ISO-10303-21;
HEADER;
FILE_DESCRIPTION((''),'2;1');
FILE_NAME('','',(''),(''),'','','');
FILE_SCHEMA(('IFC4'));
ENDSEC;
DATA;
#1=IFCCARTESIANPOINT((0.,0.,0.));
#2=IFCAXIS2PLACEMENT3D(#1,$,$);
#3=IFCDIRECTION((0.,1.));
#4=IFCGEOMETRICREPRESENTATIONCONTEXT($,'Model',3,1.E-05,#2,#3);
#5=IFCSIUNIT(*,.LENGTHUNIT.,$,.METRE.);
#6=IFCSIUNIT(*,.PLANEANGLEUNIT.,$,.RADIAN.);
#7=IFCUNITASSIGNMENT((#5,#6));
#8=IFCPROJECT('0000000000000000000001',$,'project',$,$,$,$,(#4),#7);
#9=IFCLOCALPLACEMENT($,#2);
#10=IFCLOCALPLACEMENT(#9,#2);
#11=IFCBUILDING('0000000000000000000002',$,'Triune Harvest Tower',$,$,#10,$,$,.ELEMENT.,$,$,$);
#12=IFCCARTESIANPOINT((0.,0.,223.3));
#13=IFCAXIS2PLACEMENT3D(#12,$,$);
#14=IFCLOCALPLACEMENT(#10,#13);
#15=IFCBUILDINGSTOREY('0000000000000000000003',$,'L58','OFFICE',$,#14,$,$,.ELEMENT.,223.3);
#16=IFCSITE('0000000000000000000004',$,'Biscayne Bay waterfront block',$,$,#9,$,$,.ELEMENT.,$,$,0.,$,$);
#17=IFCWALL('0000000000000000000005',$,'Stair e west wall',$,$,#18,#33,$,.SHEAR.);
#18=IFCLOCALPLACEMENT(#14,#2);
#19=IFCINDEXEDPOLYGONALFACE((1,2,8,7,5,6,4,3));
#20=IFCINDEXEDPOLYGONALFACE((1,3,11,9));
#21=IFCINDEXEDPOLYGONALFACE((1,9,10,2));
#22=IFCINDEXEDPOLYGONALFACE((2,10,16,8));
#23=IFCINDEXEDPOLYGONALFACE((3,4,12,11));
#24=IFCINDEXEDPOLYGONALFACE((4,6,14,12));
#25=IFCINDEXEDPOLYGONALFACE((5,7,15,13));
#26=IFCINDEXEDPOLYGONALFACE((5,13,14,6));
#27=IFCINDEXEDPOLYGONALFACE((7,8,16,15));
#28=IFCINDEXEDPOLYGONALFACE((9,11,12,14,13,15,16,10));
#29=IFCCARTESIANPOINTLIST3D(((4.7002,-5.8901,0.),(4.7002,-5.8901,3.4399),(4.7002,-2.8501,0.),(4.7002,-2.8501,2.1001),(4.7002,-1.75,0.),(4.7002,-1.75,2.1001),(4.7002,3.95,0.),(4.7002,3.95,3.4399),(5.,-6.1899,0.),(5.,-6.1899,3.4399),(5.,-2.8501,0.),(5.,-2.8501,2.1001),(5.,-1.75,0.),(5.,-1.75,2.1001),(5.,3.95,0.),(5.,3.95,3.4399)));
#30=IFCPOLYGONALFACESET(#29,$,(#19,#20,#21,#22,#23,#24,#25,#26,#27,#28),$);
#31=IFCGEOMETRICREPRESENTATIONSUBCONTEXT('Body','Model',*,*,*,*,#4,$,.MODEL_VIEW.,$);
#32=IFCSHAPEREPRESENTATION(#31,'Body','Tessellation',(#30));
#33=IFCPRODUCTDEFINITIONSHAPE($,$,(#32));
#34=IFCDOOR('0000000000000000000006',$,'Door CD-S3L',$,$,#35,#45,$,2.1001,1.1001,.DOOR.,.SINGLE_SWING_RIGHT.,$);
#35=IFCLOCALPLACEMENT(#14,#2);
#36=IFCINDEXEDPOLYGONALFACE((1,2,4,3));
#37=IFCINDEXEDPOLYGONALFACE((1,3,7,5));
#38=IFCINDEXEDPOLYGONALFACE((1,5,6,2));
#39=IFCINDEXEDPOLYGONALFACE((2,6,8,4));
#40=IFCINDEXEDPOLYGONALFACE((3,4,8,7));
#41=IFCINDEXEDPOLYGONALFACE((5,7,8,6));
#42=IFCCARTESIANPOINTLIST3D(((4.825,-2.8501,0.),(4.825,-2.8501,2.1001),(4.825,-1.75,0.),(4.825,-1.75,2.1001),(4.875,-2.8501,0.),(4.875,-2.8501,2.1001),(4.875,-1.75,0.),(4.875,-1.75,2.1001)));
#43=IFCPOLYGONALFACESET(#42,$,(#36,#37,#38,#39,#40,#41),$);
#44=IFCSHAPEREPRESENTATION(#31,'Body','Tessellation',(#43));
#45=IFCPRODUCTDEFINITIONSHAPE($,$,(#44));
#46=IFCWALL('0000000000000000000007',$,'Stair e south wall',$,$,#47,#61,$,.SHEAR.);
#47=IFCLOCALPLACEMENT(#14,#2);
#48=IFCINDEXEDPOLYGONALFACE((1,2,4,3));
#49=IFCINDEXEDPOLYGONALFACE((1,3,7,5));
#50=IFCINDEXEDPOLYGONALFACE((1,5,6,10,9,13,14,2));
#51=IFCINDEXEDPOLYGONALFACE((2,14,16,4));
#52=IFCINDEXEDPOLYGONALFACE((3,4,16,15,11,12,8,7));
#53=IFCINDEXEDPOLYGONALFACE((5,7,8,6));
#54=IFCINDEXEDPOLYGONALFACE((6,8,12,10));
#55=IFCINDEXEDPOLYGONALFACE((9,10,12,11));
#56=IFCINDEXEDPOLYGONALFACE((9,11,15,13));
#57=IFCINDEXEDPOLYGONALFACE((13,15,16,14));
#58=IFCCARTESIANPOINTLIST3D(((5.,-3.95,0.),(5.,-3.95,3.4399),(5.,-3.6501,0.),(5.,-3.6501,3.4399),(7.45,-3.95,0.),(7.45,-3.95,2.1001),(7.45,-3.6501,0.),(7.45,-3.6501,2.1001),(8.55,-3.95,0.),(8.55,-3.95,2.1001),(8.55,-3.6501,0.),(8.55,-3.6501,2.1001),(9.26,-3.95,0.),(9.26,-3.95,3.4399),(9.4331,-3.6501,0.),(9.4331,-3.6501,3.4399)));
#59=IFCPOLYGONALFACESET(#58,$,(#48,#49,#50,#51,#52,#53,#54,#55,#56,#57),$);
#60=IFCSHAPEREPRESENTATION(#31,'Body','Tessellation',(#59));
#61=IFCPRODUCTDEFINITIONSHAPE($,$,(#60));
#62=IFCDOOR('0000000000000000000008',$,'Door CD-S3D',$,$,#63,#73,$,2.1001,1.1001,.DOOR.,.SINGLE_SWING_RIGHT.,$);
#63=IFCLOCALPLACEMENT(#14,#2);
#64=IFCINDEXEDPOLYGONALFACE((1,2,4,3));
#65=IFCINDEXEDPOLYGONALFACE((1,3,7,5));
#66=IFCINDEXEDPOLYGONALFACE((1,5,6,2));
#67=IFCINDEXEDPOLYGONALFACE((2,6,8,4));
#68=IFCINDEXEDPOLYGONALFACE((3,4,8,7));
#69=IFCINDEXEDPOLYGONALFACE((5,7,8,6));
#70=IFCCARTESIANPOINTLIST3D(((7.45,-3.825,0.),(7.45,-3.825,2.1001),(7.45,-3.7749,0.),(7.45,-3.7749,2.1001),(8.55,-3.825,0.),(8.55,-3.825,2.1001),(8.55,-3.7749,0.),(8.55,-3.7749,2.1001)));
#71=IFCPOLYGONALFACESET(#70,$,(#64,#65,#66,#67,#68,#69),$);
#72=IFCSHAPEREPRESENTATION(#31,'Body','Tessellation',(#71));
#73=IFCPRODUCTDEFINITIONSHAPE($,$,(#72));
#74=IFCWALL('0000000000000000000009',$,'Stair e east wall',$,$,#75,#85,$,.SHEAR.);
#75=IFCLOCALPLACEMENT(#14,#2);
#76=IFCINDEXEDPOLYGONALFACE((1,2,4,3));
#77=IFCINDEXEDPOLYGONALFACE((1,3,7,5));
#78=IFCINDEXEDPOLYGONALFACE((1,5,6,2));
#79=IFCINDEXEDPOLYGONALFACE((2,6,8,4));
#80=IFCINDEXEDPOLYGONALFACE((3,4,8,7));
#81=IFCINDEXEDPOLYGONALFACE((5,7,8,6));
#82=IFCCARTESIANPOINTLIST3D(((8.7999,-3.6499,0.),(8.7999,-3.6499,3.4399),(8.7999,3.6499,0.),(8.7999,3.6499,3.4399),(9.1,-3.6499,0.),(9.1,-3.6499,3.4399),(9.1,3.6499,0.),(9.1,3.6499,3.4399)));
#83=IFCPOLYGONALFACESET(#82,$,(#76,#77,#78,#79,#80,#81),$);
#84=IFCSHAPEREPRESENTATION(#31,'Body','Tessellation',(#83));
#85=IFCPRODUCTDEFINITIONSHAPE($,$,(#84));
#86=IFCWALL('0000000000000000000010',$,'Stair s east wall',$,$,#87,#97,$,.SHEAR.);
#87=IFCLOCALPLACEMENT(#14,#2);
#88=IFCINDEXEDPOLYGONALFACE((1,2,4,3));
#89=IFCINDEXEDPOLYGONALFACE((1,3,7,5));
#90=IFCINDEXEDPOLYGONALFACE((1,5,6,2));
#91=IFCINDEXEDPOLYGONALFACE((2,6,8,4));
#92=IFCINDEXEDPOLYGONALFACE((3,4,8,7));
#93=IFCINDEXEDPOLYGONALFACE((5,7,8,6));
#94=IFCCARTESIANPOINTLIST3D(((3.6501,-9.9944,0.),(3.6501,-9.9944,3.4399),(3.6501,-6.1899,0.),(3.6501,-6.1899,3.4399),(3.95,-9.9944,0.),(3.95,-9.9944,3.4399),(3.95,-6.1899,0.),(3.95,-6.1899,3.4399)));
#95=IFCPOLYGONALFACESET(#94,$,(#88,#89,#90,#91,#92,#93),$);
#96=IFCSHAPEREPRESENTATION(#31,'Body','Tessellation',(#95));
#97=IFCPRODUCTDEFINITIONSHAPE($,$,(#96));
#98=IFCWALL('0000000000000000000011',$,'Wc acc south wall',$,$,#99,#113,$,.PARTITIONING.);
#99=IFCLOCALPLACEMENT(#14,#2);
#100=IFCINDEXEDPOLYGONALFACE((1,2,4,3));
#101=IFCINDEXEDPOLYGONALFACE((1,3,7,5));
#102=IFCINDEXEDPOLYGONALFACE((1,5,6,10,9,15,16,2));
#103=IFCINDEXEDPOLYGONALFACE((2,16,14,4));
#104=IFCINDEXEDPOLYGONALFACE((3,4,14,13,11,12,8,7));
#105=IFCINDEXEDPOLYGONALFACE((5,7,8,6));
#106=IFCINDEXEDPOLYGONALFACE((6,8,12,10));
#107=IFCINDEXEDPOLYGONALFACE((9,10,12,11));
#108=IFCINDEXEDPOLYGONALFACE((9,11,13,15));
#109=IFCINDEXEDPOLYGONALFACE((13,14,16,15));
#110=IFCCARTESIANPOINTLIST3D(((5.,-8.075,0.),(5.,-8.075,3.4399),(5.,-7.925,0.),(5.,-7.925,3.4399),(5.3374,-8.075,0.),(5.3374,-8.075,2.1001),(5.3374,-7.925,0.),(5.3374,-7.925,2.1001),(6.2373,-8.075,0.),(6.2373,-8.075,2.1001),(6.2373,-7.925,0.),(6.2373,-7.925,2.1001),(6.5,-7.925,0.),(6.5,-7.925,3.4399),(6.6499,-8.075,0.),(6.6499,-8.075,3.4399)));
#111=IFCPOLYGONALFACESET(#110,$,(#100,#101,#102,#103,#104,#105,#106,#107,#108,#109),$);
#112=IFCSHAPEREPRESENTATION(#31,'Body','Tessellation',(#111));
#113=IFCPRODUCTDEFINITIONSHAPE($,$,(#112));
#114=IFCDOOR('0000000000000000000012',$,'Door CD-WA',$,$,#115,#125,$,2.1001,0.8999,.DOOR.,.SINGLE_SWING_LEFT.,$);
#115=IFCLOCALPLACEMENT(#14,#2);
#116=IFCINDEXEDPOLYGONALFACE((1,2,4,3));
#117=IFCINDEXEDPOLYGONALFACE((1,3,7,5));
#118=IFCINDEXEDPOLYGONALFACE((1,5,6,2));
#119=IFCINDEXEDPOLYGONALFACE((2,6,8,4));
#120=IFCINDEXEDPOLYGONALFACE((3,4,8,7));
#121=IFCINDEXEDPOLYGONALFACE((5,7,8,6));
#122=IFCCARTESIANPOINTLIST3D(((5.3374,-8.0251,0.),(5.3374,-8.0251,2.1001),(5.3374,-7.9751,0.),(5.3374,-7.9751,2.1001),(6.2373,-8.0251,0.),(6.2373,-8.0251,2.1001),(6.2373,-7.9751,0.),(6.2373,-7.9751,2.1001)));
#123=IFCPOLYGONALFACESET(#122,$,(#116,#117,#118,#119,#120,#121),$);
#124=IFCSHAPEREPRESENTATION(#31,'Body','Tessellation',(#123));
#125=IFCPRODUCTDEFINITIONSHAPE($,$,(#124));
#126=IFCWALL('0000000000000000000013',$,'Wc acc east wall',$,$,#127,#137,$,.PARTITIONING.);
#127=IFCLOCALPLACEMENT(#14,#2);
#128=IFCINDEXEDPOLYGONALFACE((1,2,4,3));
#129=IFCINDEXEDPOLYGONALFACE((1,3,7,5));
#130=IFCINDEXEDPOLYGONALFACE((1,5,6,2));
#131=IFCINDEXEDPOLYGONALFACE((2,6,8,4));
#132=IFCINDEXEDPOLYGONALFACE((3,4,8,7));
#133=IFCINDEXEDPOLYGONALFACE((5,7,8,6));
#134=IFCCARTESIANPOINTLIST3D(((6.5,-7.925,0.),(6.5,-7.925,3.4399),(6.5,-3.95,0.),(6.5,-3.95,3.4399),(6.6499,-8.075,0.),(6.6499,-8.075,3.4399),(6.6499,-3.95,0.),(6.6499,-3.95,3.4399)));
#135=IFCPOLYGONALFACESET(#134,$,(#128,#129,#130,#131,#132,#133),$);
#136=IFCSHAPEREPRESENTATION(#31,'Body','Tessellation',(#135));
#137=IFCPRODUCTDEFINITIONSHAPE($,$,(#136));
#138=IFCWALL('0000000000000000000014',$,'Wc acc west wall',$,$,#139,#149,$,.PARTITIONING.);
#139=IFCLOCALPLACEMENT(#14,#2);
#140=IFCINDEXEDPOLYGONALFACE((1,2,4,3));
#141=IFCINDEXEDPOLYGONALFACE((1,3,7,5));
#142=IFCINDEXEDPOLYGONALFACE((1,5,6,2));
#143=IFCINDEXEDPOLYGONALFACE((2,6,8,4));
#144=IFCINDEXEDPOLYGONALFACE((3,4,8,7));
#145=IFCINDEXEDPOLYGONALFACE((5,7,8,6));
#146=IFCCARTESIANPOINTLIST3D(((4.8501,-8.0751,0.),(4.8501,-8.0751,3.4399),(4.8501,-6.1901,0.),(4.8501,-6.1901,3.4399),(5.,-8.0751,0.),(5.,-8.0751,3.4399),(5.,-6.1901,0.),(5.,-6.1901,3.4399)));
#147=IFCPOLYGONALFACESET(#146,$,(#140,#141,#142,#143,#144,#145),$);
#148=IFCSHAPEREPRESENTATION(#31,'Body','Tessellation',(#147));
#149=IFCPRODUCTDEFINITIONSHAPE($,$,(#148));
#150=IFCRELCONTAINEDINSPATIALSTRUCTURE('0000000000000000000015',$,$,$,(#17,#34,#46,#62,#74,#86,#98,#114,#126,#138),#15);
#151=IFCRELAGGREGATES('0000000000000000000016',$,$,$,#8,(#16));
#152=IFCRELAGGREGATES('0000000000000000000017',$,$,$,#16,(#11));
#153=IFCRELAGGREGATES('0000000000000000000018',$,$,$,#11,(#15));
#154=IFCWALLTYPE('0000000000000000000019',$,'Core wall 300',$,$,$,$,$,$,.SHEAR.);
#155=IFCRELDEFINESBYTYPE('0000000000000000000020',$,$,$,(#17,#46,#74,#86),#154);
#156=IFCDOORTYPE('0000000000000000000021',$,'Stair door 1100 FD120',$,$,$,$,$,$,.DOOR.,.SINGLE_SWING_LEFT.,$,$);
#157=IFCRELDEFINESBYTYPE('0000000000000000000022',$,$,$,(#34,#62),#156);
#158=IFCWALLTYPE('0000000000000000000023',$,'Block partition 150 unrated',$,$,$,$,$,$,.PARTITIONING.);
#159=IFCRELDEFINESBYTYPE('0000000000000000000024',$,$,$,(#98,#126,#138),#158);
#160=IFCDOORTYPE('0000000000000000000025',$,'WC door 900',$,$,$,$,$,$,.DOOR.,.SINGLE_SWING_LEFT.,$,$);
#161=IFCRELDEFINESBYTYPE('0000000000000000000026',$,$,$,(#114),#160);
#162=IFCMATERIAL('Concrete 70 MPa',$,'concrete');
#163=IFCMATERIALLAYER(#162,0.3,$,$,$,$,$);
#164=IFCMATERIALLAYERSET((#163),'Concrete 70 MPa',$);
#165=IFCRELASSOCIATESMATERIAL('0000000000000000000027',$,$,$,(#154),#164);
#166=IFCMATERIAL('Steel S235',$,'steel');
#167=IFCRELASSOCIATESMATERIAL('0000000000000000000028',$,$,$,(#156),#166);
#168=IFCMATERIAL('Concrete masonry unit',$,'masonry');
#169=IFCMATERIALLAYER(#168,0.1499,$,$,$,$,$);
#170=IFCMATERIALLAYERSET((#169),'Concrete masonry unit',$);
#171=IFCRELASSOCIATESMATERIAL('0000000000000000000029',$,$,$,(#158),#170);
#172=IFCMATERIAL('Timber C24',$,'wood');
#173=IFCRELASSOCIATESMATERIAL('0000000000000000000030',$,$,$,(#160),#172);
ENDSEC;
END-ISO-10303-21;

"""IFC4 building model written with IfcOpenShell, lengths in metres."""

from ifc_helpers import new_model, si_unit, direction, frame, frame_2d, origin, place, context, subcontext, project, spatial, polyline, rectangle, outline, extrude, source, transform, mapped, material, layer, layer_set, type_object, element, fill, save


model = new_model("IFC4")

# Units and contexts
model_context = context("Model", 3, precision=1e-05, world=origin(), true_north=direction((0.0, 1.0)))
body_context = subcontext(model_context, "Body", "Model", "MODEL_VIEW")
ifc_project = project(units=[si_unit("LENGTHUNIT", "METRE"), si_unit("PLANEANGLEUNIT", "RADIAN")], contexts=[model_context])

# Site, building, storey
site_placement = place(None, origin())
site = spatial("IfcSite", under=ifc_project, at=site_placement, Name="Biscayne Bay waterfront block", CompositionType="ELEMENT", RefElevation=0.0)
building_placement = place(site_placement, origin())
building = spatial("IfcBuilding", under=site, at=building_placement, Name="Triune Harvest Tower", CompositionType="ELEMENT")
storey_placement = place(building_placement, frame((0.0, 0.0, 223.3)))
storey = spatial("IfcBuildingStorey", under=building, at=storey_placement, Name="L58", Description="OFFICE", CompositionType="ELEMENT", Elevation=223.3)

# Shared definitions
ifc_material_1 = material(Name="Concrete 70 MPa", Category="concrete")
ifc_layer_1 = layer(ifc_material_1, 0.3)
ifc_layer_set_1 = layer_set([ifc_layer_1], Name="Concrete 70 MPa")
wall_type_1 = type_object("IfcWallType", Name="Core wall 300", PredefinedType="SHEAR", material=ifc_layer_set_1)

# Walls, openings, doors
shared_shape_1 = source(origin(), body_context, "Body", "SweptSolid", [
    extrude(outline(polyline([(-0.1499, -0.1499), (9.99, -0.1499), (9.99, 0.1499), (0.1499, 0.1499), (-0.1499, -0.1499)])), origin(), (0.0, 0.0, 1.0), 3.4399),
])
wall_1_placement = place(storey_placement, frame((4.8501, -6.04, 0.0), z_axis=(0.0, 0.0, 1.0), x_axis=(0.0, 1.0, 0.0)))
wall_1 = element("IfcWall", 1, at=wall_1_placement, inside=storey, type_object=wall_type_1, Name="Stair e west wall", PredefinedType="SHEAR", context=body_context, shape_type="MappedRepresentation", body=[
    mapped(shared_shape_1, transform((0.0, 0.0, 0.0), scale=1.0)),
])
opening_1_placement = place(wall_1_placement, frame((3.1899, 0.0, 0.0)))
opening_1 = element("IfcOpeningElement", 2, at=opening_1_placement, cuts=wall_1, PredefinedType="OPENING", context=body_context, shape_type="SweptSolid", body=[
    extrude(rectangle(XDim=1.1001, YDim=2.1001, at=frame_2d((0.55, 1.05))), frame((0.0, 0.1602, 0.0), z_axis=(0.0, -1.0, 0.0), x_axis=(1.0, 0.0, 0.0)), (0.0, 0.0, 1.0), 0.3201),
])
ifc_material_2 = material(Name="Steel S235", Category="steel")
door_type_1 = type_object("IfcDoorType", Name="Stair door 1100 FD120", OperationType="SINGLE_SWING_LEFT", PredefinedType="DOOR", material=ifc_material_2)
door_1_placement = place(opening_1_placement, frame((1.1001, 0.0, 0.0), z_axis=(0.0, 0.0, 1.0), x_axis=(-1.0, 0.0, 0.0)))
door_1 = element("IfcDoor", 3, at=door_1_placement, inside=storey, type_object=door_type_1, Name="Door CD-S3L", OperationType="SINGLE_SWING_RIGHT", OverallHeight=2.1001, OverallWidth=1.1001, PredefinedType="DOOR", context=body_context, shape_type="SweptSolid", body=[
    extrude(rectangle(XDim=1.1001, YDim=2.1001, at=frame_2d((0.55, 1.05))), frame((0.0, 0.0249, 0.0), z_axis=(0.0, -1.0, 0.0), x_axis=(1.0, 0.0, 0.0)), (0.0, 0.0, 1.0), 0.05),
])
fill(opening_1, door_1)
shared_shape_2 = source(origin(), body_context, "Body", "SweptSolid", [
    extrude(outline(polyline([(0.0, -0.1499), (0.0, 0.1499), (4.4331, 0.1499), (4.26, -0.1499), (0.0, -0.1499)])), origin(), (0.0, 0.0, 1.0), 3.4399),
])
wall_2_placement = place(storey_placement, frame((5.0, -3.8, 0.0), z_axis=(0.0, 0.0, 1.0), x_axis=(1.0, 0.0, 0.0)))
wall_2 = element("IfcWall", 4, at=wall_2_placement, inside=storey, type_object=wall_type_1, Name="Stair e south wall", PredefinedType="SHEAR", context=body_context, shape_type="MappedRepresentation", body=[
    mapped(shared_shape_2, transform((0.0, 0.0, 0.0), scale=1.0)),
])
opening_2_placement = place(wall_2_placement, frame((2.45, 0.0, 0.0)))
opening_2 = element("IfcOpeningElement", 5, at=opening_2_placement, cuts=wall_2, PredefinedType="OPENING", context=body_context, shape_type="SweptSolid", body=[
    extrude(rectangle(XDim=1.1001, YDim=2.1001, at=frame_2d((0.55, 1.05))), frame((0.0, 0.1602, 0.0), z_axis=(0.0, -1.0, 0.0), x_axis=(1.0, 0.0, 0.0)), (0.0, 0.0, 1.0), 0.3201),
])
door_2_placement = place(opening_2_placement, frame((1.1001, 0.0, 0.0), z_axis=(0.0, 0.0, 1.0), x_axis=(-1.0, 0.0, 0.0)))
door_2 = element("IfcDoor", 6, at=door_2_placement, inside=storey, type_object=door_type_1, Name="Door CD-S3D", OperationType="SINGLE_SWING_RIGHT", OverallHeight=2.1001, OverallWidth=1.1001, PredefinedType="DOOR", context=body_context, shape_type="SweptSolid", body=[
    extrude(rectangle(XDim=1.1001, YDim=2.1001, at=frame_2d((0.55, 1.05))), frame((0.0, 0.0249, 0.0), z_axis=(0.0, -1.0, 0.0), x_axis=(1.0, 0.0, 0.0)), (0.0, 0.0, 1.0), 0.05),
])
fill(opening_2, door_2)

# Walls
shared_shape_3 = source(origin(), body_context, "Body", "SweptSolid", [
    extrude(rectangle(XDim=7.2998, YDim=0.3, at=frame_2d((3.6499, 0.0))), origin(), (0.0, 0.0, 1.0), 3.4399),
])
wall_3_placement = place(storey_placement, frame((8.95, -3.6499, 0.0), z_axis=(0.0, 0.0, 1.0), x_axis=(0.0, 1.0, 0.0)))
element("IfcWall", 7, at=wall_3_placement, inside=storey, type_object=wall_type_1, Name="Stair e east wall", PredefinedType="SHEAR", context=body_context, shape_type="MappedRepresentation", body=[
    mapped(shared_shape_3, transform((0.0, 0.0, 0.0), scale=1.0)),
])
shared_shape_4 = source(origin(), body_context, "Body", "SweptSolid", [
    extrude(outline(polyline([(3.8, -0.1499), (-0.0044, -0.1499), (-0.0044, 0.1499), (3.8, 0.1499), (3.8, -0.1499)])), origin(), (0.0, 0.0, 1.0), 3.4399),
])
wall_4_placement = place(storey_placement, frame((3.8, -9.99, 0.0), z_axis=(0.0, 0.0, 1.0), x_axis=(0.0, 1.0, 0.0)))
element("IfcWall", 8, at=wall_4_placement, inside=storey, type_object=wall_type_1, Name="Stair s east wall", PredefinedType="SHEAR", context=body_context, shape_type="MappedRepresentation", body=[
    mapped(shared_shape_4, transform((0.0, 0.0, 0.0), scale=1.0)),
])

# Wall, opening, door
ifc_material_3 = material(Name="Concrete masonry unit", Category="masonry")
ifc_layer_2 = layer(ifc_material_3, 0.1499)
ifc_layer_set_2 = layer_set([ifc_layer_2], Name="Concrete masonry unit")
wall_type_2 = type_object("IfcWallType", Name="Block partition 150 unrated", PredefinedType="PARTITIONING", material=ifc_layer_set_2)
shared_shape_5 = source(origin(), body_context, "Body", "SweptSolid", [
    extrude(outline(polyline([(0.0, -0.075), (1.6499, -0.075), (1.5, 0.075), (0.0, 0.075), (0.0, -0.075)])), origin(), (0.0, 0.0, 1.0), 3.4399),
])
wall_5_placement = place(storey_placement, frame((5.0, -8.0, 0.0), z_axis=(0.0, 0.0, 1.0), x_axis=(1.0, 0.0, 0.0)))
wall_5 = element("IfcWall", 9, at=wall_5_placement, inside=storey, type_object=wall_type_2, Name="Wc acc south wall", PredefinedType="PARTITIONING", context=body_context, shape_type="MappedRepresentation", body=[
    mapped(shared_shape_5, transform((0.0, 0.0, 0.0), scale=1.0)),
])
opening_3_placement = place(wall_5_placement, frame((0.3374, 0.0, 0.0)))
opening_3 = element("IfcOpeningElement", 10, at=opening_3_placement, cuts=wall_5, PredefinedType="OPENING", context=body_context, shape_type="SweptSolid", body=[
    extrude(rectangle(XDim=0.8999, YDim=2.1001, at=frame_2d((0.45, 1.05))), frame((0.0, 0.085, 0.0), z_axis=(0.0, -1.0, 0.0), x_axis=(1.0, 0.0, 0.0)), (0.0, 0.0, 1.0), 0.1699),
])
ifc_material_4 = material(Name="Timber C24", Category="wood")
door_type_2 = type_object("IfcDoorType", Name="WC door 900", OperationType="SINGLE_SWING_LEFT", PredefinedType="DOOR", material=ifc_material_4)
door_3_placement = place(opening_3_placement, origin())
door_3 = element("IfcDoor", 11, at=door_3_placement, inside=storey, type_object=door_type_2, Name="Door CD-WA", OperationType="SINGLE_SWING_LEFT", OverallHeight=2.1001, OverallWidth=0.8999, PredefinedType="DOOR", context=body_context, shape_type="SweptSolid", body=[
    extrude(rectangle(XDim=0.8999, YDim=2.1001, at=frame_2d((0.45, 1.05))), frame((0.0, 0.0249, 0.0), z_axis=(0.0, -1.0, 0.0), x_axis=(1.0, 0.0, 0.0)), (0.0, 0.0, 1.0), 0.05),
])
fill(opening_3, door_3)

# Walls
shared_shape_6 = source(origin(), body_context, "Body", "SweptSolid", [
    extrude(outline(polyline([(-0.075, -0.075), (4.05, -0.075), (4.05, 0.075), (0.075, 0.075), (-0.075, -0.075)])), origin(), (0.0, 0.0, 1.0), 3.4399),
])
wall_6_placement = place(storey_placement, frame((6.575, -8.0, 0.0), z_axis=(0.0, 0.0, 1.0), x_axis=(0.0, 1.0, 0.0)))
element("IfcWall", 12, at=wall_6_placement, inside=storey, type_object=wall_type_2, Name="Wc acc east wall", PredefinedType="PARTITIONING", context=body_context, shape_type="MappedRepresentation", body=[
    mapped(shared_shape_6, transform((0.0, 0.0, 0.0), scale=1.0)),
])
shared_shape_7 = source(origin(), body_context, "Body", "SweptSolid", [
    extrude(rectangle(XDim=1.885, YDim=0.1499, at=frame_2d((0.9424, 0.0))), origin(), (0.0, 0.0, 1.0), 3.4399),
])
wall_7_placement = place(storey_placement, frame((4.925, -8.075, 0.0), z_axis=(0.0, 0.0, 1.0), x_axis=(0.0, 1.0, 0.0)))
element("IfcWall", 13, at=wall_7_placement, inside=storey, type_object=wall_type_2, Name="Wc acc west wall", PredefinedType="PARTITIONING", context=body_context, shape_type="MappedRepresentation", body=[
    mapped(shared_shape_7, transform((0.0, 0.0, 0.0), scale=1.0)),
])

save(model, "model.ifc")
